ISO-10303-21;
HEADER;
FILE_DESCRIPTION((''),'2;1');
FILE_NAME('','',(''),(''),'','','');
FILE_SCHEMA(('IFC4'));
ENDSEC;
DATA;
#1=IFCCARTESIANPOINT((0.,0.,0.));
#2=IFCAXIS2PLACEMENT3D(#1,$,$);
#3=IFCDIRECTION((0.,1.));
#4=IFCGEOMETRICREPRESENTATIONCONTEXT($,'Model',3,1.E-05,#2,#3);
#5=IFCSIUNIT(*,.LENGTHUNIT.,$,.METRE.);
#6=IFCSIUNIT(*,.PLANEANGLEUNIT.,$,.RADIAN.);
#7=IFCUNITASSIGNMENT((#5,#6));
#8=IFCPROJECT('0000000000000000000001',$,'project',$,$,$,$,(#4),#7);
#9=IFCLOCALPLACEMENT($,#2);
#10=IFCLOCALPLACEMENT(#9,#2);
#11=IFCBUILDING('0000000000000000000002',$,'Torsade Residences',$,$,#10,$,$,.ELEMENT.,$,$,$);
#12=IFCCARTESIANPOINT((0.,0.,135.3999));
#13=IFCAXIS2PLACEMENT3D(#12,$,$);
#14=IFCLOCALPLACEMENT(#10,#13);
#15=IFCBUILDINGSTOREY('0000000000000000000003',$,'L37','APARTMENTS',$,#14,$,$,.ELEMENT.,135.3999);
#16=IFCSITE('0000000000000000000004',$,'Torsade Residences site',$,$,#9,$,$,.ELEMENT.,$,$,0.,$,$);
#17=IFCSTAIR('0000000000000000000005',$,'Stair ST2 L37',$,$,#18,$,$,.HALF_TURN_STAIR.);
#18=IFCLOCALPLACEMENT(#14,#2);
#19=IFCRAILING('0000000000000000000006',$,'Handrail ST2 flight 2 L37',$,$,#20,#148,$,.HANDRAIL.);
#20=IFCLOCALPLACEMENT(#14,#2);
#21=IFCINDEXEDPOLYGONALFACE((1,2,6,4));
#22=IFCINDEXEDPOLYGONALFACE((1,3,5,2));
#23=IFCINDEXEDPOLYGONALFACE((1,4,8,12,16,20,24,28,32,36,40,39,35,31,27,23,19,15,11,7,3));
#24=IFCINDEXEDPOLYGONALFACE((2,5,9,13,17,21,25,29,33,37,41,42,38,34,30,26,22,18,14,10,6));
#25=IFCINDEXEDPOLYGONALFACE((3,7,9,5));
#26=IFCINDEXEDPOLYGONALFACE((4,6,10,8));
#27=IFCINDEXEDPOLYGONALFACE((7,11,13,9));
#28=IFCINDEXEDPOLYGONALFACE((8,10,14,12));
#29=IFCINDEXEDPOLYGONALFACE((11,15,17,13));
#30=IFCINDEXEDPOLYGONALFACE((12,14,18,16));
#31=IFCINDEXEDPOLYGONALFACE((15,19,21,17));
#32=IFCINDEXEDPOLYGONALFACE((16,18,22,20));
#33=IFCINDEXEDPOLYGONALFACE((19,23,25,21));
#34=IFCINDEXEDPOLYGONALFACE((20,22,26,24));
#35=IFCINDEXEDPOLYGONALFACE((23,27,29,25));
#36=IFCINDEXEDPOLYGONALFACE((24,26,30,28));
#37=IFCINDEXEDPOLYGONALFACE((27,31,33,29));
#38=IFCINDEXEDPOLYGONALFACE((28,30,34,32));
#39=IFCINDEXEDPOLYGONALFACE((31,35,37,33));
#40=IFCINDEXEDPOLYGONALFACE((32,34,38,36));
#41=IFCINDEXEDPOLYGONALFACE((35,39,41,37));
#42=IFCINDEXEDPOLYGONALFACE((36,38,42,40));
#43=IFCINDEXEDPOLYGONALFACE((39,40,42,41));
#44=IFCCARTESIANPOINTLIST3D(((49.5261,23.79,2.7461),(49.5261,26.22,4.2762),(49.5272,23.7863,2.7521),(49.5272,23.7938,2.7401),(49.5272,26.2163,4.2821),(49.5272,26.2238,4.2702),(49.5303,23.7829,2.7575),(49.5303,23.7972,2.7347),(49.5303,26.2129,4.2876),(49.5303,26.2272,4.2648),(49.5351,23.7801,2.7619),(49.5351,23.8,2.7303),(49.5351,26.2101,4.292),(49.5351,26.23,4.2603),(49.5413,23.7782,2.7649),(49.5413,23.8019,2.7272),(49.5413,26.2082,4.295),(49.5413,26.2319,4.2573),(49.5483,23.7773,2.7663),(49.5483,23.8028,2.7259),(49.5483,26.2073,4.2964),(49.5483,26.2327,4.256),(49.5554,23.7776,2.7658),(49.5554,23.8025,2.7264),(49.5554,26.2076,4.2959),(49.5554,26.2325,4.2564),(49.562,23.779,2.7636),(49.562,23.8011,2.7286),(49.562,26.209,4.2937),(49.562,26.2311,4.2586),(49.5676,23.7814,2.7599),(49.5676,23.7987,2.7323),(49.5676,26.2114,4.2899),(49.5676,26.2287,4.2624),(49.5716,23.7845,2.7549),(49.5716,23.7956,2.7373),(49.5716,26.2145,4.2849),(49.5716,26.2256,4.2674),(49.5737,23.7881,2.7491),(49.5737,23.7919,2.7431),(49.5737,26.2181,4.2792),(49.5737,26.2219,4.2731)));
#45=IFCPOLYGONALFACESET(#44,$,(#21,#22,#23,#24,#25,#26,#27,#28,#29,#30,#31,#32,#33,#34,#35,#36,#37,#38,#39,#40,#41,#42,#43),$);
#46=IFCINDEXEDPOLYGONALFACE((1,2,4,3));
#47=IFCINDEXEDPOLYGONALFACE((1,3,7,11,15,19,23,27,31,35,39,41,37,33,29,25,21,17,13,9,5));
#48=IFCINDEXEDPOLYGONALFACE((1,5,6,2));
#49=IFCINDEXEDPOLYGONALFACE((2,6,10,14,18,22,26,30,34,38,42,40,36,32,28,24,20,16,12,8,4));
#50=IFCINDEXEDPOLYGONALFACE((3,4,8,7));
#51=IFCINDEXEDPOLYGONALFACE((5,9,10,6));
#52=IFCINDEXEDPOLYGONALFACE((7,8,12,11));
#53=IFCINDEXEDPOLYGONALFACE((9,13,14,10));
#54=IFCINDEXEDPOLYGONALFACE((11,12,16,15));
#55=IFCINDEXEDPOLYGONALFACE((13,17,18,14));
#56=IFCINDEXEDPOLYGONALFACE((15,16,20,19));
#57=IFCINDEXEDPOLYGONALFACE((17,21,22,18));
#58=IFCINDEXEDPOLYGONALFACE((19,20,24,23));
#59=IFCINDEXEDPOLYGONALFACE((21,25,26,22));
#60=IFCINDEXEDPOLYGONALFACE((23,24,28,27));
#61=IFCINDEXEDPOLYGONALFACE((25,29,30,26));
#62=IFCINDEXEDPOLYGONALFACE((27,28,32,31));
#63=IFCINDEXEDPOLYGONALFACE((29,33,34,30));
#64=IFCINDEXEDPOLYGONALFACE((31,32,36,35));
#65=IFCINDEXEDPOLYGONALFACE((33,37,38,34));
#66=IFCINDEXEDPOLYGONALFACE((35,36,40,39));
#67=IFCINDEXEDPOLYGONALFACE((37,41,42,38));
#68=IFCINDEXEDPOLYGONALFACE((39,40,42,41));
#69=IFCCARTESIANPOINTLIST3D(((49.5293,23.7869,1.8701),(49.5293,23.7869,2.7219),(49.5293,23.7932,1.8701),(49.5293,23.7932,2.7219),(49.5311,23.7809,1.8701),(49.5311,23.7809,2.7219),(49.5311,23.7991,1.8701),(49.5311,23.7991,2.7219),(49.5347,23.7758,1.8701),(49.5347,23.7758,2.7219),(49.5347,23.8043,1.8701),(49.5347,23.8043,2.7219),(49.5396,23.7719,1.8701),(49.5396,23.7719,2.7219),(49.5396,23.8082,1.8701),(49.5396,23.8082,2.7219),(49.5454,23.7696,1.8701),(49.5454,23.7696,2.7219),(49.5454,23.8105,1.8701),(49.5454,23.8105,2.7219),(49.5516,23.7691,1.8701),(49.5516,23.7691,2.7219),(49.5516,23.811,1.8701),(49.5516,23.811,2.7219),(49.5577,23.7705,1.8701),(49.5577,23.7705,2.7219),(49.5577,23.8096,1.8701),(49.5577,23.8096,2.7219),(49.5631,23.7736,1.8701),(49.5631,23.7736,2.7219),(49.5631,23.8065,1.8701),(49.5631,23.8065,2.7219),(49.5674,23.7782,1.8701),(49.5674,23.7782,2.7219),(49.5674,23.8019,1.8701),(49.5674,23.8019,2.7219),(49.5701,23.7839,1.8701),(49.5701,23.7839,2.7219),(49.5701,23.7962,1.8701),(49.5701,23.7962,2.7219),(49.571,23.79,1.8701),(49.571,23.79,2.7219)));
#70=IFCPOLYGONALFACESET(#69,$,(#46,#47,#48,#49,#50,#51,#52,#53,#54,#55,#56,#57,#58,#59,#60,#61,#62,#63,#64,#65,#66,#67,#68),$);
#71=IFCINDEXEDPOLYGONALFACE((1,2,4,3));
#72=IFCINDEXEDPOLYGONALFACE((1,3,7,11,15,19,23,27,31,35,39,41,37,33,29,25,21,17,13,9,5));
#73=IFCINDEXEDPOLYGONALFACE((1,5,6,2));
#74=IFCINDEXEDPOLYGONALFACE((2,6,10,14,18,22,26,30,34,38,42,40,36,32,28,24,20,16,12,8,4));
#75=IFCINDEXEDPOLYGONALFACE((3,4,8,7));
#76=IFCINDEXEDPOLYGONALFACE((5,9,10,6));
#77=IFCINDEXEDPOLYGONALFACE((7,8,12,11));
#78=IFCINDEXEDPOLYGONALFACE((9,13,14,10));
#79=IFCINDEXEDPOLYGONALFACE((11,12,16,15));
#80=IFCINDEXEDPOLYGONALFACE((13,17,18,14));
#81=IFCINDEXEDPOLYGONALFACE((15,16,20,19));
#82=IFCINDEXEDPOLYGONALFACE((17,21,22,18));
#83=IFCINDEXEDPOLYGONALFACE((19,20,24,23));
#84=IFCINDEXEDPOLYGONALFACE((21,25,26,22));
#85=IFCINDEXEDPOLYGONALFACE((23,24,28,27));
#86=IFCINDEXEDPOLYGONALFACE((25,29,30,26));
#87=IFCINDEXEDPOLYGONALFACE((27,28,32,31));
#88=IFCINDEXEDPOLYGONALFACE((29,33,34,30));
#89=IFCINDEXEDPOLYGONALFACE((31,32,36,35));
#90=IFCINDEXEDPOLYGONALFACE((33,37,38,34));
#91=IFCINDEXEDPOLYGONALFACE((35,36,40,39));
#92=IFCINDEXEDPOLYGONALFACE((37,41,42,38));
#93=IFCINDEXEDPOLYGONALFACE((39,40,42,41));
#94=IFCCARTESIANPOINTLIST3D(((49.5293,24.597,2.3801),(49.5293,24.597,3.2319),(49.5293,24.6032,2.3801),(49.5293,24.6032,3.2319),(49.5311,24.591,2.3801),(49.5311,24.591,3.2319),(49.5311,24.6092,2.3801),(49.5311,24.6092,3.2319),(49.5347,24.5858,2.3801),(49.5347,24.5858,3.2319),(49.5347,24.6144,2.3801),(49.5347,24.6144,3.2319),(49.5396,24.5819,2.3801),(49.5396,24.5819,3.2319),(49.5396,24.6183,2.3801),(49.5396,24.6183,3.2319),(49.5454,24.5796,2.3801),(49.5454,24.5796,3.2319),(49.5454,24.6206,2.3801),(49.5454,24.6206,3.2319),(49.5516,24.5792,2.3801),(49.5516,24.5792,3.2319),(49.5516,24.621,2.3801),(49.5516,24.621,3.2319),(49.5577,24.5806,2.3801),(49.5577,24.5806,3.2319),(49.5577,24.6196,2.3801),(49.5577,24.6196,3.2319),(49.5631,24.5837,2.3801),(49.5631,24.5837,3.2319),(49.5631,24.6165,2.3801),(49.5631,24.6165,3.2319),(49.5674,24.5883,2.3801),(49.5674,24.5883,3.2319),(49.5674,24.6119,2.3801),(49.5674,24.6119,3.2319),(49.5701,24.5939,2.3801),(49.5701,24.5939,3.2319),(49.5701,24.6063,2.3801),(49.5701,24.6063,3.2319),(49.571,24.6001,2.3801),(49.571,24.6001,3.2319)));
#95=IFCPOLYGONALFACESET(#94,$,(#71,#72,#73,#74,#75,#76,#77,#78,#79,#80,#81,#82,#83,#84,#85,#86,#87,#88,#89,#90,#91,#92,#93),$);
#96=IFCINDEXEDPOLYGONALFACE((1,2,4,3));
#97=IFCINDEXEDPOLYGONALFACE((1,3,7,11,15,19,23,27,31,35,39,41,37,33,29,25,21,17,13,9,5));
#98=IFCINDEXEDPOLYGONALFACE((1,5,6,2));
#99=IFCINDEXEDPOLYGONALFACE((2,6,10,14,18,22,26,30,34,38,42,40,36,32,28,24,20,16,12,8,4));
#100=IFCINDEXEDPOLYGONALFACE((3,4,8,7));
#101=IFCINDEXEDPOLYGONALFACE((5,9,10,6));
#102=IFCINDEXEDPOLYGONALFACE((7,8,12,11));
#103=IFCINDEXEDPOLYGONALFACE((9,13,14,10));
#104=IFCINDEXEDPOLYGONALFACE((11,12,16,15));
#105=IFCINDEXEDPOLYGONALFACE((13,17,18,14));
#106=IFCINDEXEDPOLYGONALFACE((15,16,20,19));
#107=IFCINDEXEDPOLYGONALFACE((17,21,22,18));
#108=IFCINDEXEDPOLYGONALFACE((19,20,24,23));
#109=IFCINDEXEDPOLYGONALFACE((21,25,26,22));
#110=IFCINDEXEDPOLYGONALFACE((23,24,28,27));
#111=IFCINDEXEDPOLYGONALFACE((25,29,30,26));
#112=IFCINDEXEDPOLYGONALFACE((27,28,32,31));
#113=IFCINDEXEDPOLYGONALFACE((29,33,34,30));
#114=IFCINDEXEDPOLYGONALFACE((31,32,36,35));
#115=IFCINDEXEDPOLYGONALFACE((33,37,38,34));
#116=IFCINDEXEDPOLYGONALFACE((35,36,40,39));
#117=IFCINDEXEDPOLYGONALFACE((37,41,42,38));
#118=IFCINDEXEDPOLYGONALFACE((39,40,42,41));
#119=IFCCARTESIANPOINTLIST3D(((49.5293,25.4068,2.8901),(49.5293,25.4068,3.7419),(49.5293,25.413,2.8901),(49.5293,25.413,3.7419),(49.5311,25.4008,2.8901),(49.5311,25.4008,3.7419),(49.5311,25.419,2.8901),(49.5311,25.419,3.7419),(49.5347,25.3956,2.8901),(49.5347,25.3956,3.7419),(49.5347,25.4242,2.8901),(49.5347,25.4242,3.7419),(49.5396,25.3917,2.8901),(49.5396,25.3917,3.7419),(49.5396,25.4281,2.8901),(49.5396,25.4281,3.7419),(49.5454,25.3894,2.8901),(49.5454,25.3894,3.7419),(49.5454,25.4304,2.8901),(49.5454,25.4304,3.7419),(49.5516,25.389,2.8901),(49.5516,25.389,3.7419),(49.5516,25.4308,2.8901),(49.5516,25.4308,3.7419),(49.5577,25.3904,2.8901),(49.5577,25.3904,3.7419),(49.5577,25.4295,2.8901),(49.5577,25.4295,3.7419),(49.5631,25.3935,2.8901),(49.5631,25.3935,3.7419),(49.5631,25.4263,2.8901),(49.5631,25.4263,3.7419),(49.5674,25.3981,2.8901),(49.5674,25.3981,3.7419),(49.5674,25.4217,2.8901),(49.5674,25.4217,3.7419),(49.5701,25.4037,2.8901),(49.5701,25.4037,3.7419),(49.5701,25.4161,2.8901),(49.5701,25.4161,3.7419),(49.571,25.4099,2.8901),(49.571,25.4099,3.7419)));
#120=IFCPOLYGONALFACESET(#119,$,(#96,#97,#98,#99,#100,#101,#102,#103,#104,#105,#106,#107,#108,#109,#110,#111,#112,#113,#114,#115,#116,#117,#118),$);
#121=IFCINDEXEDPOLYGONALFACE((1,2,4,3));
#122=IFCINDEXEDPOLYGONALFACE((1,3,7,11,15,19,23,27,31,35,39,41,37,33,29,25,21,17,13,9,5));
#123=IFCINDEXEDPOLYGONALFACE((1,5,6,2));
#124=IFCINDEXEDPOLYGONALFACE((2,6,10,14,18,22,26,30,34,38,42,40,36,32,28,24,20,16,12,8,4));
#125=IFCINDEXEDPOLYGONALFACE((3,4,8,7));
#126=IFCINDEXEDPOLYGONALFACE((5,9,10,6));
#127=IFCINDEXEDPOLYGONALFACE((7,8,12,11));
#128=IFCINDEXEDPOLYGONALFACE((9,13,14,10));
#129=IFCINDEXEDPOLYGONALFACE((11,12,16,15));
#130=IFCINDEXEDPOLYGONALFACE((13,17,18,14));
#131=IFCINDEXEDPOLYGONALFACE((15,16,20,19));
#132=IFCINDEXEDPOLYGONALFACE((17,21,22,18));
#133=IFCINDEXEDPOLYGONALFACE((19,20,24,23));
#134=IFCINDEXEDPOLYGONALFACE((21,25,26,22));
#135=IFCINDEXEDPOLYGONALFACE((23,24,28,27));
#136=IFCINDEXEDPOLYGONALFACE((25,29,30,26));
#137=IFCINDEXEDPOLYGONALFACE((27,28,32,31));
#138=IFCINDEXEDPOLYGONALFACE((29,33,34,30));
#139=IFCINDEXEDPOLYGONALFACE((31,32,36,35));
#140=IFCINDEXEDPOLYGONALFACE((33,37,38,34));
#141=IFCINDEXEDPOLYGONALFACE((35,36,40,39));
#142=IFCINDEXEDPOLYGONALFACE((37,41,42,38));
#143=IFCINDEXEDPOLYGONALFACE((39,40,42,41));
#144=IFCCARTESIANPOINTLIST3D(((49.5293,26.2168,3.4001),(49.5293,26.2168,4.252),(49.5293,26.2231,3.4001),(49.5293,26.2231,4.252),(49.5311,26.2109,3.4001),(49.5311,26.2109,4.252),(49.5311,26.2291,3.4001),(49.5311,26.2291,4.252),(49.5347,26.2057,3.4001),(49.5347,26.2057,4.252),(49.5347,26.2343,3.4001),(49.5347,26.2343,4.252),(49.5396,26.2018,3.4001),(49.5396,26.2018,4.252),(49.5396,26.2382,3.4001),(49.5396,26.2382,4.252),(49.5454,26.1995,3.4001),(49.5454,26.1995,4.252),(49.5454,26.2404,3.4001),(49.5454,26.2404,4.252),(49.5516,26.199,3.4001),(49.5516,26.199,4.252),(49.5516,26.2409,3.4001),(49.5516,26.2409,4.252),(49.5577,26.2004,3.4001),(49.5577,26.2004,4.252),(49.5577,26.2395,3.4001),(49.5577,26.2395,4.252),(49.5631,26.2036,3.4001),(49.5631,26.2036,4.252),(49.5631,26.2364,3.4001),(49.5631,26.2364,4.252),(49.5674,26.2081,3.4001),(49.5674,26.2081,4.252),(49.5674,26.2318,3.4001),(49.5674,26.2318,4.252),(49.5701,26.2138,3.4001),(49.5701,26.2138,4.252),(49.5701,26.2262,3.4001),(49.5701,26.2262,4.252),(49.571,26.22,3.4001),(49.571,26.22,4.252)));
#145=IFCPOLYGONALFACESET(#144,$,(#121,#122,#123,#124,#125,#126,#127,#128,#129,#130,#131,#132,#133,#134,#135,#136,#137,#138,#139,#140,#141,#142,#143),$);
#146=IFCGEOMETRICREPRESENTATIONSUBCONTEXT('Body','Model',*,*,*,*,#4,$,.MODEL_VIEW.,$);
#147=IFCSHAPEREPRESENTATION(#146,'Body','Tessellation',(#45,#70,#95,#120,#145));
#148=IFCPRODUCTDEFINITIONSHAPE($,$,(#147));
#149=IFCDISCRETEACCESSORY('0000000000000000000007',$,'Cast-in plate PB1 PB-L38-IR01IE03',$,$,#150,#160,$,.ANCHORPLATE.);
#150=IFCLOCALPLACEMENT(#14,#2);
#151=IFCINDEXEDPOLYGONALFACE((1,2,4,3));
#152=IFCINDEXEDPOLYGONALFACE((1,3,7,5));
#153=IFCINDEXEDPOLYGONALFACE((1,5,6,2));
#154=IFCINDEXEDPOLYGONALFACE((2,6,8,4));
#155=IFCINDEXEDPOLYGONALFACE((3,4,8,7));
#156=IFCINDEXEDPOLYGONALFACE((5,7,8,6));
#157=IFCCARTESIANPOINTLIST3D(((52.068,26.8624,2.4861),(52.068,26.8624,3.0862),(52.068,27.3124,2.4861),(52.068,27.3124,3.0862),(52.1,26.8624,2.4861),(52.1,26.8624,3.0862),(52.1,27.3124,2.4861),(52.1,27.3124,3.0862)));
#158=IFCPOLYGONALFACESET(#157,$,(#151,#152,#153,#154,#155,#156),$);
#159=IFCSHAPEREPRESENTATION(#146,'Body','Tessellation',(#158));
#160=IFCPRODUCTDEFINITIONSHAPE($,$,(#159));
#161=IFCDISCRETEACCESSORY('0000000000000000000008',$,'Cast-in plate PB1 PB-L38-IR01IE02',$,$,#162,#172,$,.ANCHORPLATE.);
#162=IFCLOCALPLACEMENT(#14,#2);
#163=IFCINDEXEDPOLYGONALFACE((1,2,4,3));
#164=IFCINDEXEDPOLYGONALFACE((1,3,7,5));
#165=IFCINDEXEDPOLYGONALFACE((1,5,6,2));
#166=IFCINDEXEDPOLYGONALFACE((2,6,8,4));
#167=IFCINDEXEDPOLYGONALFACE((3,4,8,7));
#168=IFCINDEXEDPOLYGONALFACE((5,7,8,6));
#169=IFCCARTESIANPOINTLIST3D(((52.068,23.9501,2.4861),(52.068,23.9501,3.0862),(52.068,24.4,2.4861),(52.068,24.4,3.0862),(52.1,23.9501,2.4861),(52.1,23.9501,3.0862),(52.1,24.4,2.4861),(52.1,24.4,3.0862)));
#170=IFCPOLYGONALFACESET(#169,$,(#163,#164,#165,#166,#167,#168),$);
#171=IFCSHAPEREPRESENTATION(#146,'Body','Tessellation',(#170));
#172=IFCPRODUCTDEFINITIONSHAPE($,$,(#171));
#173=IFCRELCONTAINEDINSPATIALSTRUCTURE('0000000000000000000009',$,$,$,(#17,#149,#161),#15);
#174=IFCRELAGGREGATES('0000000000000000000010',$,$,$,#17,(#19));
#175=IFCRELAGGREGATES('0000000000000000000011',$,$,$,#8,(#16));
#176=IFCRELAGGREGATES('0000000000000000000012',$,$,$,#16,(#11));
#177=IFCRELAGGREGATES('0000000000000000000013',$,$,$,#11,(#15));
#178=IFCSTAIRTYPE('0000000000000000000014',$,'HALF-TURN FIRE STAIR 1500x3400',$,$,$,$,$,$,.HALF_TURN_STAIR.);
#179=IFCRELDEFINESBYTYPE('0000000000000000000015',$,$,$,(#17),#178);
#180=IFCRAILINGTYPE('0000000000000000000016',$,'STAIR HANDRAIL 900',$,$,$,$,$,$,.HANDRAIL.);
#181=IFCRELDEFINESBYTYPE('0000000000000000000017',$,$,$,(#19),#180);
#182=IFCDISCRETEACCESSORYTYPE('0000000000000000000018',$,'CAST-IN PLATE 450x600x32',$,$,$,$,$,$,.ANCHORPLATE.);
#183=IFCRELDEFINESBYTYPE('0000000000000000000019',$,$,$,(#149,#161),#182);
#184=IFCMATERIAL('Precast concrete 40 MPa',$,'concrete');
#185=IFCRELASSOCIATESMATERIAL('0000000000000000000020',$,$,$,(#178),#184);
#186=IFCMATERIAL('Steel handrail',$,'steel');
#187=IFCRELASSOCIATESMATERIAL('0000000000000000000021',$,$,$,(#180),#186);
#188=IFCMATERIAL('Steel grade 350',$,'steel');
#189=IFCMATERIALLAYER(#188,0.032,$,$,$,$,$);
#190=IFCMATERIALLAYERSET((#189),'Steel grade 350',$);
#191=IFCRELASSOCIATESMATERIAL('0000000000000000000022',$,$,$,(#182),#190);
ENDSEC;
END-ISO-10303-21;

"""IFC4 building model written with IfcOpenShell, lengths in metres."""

from ifc_helpers import new_model, si_unit, direction, frame, origin, origin_2d, place, context, subcontext, project, spatial, rectangle, circle, extrude, material, layer, layer_set, type_object, element, aggregate, save


model = new_model("IFC4")

# Units and contexts
model_context = context("Model", 3, precision=1e-05, world=origin(), true_north=direction((0.0, 1.0)))
body_context = subcontext(model_context, "Body", "Model", "MODEL_VIEW")
ifc_project = project(units=[si_unit("LENGTHUNIT", "METRE"), si_unit("PLANEANGLEUNIT", "RADIAN")], contexts=[model_context])

# Site, building, storey
site_placement = place(None, origin())
site = spatial("IfcSite", under=ifc_project, at=site_placement, Name="Torsade Residences site", CompositionType="ELEMENT", RefElevation=0.0)
building_placement = place(site_placement, origin())
building = spatial("IfcBuilding", under=site, at=building_placement, Name="Torsade Residences", CompositionType="ELEMENT")
storey_placement = place(building_placement, frame((0.0, 0.0, 135.3999)))
storey = spatial("IfcBuildingStorey", under=building, at=storey_placement, Name="L37", Description="APARTMENTS", CompositionType="ELEMENT", Elevation=135.3999)

# Stair, railing
ifc_material_1 = material(Name="Precast concrete 40 MPa", Category="concrete")
stair_type = type_object("IfcStairType", Name="HALF-TURN FIRE STAIR 1500x3400", PredefinedType="HALF_TURN_STAIR", material=ifc_material_1)
stair_placement = place(storey_placement, origin())
stair = element("IfcStair", 1, at=stair_placement, inside=storey, type_object=stair_type, Name="Stair ST2 L37", PredefinedType="HALF_TURN_STAIR")
ifc_material_2 = material(Name="Steel handrail", Category="steel")
railing_type = type_object("IfcRailingType", Name="STAIR HANDRAIL 900", PredefinedType="HANDRAIL", material=ifc_material_2)
railing_1_placement = place(storey_placement, frame((49.55, 23.79, 1.8701)))
railing_1 = element("IfcRailing", 2, at=railing_1_placement, type_object=railing_type, Name="Handrail ST2 flight 2 L37", PredefinedType="HANDRAIL", context=body_context, shape_type="SweptSolid", body=[
    extrude(circle(Radius=0.0239, at=origin_2d()), frame((0.0, 0.0, 0.876), z_axis=(0.0, 0.846221, 0.532831), x_axis=(-1.0, 0.0, 0.0)), (0.0, 0.0, 1.0), 2.8716),
    extrude(circle(Radius=0.021, at=origin_2d()), origin(), (0.0, 0.0, 1.0), 0.8518),
    extrude(circle(Radius=0.021, at=origin_2d()), frame((0.0, 0.8101, 0.51)), (0.0, 0.0, 1.0), 0.8518),
    extrude(circle(Radius=0.021, at=origin_2d()), frame((0.0, 1.6199, 1.02)), (0.0, 0.0, 1.0), 0.8518),
    extrude(circle(Radius=0.021, at=origin_2d()), frame((0.0, 2.4299, 1.53)), (0.0, 0.0, 1.0), 0.8518),
])
aggregate(stair, [railing_1])

# Discrete accessories
ifc_material_3 = material(Name="Steel grade 350", Category="steel")
ifc_layer_1 = layer(ifc_material_3, 0.032)
ifc_layer_set_1 = layer_set([ifc_layer_1], Name="Steel grade 350")
discrete_accessory_type = type_object("IfcDiscreteAccessoryType", Name="CAST-IN PLATE 450x600x32", PredefinedType="ANCHORPLATE", material=ifc_layer_set_1)
for number, where, z_axis, x_axis, name in (
    (3, (52.084, 27.0874, 2.4861), (0.0, 0.0, 1.0), (1.0, 0.0, 0.0), "Cast-in plate PB1 PB-L38-IR01IE03"),
    (4, (52.084, 24.175, 2.4861), (0.0, 0.0, 1.0), (1.0, 0.0, 0.0), "Cast-in plate PB1 PB-L38-IR01IE02"),
):
    element("IfcDiscreteAccessory", number, at=place(storey_placement, frame(where, z_axis=z_axis, x_axis=x_axis)), inside=storey, type_object=discrete_accessory_type, Name=name, PredefinedType="ANCHORPLATE", context=body_context, shape_type="SweptSolid", body=[
        extrude(rectangle(XDim=0.032, YDim=0.45, at=origin_2d()), origin(), (0.0, 0.0, 1.0), 0.6001),
    ])

save(model, "model.ifc")
